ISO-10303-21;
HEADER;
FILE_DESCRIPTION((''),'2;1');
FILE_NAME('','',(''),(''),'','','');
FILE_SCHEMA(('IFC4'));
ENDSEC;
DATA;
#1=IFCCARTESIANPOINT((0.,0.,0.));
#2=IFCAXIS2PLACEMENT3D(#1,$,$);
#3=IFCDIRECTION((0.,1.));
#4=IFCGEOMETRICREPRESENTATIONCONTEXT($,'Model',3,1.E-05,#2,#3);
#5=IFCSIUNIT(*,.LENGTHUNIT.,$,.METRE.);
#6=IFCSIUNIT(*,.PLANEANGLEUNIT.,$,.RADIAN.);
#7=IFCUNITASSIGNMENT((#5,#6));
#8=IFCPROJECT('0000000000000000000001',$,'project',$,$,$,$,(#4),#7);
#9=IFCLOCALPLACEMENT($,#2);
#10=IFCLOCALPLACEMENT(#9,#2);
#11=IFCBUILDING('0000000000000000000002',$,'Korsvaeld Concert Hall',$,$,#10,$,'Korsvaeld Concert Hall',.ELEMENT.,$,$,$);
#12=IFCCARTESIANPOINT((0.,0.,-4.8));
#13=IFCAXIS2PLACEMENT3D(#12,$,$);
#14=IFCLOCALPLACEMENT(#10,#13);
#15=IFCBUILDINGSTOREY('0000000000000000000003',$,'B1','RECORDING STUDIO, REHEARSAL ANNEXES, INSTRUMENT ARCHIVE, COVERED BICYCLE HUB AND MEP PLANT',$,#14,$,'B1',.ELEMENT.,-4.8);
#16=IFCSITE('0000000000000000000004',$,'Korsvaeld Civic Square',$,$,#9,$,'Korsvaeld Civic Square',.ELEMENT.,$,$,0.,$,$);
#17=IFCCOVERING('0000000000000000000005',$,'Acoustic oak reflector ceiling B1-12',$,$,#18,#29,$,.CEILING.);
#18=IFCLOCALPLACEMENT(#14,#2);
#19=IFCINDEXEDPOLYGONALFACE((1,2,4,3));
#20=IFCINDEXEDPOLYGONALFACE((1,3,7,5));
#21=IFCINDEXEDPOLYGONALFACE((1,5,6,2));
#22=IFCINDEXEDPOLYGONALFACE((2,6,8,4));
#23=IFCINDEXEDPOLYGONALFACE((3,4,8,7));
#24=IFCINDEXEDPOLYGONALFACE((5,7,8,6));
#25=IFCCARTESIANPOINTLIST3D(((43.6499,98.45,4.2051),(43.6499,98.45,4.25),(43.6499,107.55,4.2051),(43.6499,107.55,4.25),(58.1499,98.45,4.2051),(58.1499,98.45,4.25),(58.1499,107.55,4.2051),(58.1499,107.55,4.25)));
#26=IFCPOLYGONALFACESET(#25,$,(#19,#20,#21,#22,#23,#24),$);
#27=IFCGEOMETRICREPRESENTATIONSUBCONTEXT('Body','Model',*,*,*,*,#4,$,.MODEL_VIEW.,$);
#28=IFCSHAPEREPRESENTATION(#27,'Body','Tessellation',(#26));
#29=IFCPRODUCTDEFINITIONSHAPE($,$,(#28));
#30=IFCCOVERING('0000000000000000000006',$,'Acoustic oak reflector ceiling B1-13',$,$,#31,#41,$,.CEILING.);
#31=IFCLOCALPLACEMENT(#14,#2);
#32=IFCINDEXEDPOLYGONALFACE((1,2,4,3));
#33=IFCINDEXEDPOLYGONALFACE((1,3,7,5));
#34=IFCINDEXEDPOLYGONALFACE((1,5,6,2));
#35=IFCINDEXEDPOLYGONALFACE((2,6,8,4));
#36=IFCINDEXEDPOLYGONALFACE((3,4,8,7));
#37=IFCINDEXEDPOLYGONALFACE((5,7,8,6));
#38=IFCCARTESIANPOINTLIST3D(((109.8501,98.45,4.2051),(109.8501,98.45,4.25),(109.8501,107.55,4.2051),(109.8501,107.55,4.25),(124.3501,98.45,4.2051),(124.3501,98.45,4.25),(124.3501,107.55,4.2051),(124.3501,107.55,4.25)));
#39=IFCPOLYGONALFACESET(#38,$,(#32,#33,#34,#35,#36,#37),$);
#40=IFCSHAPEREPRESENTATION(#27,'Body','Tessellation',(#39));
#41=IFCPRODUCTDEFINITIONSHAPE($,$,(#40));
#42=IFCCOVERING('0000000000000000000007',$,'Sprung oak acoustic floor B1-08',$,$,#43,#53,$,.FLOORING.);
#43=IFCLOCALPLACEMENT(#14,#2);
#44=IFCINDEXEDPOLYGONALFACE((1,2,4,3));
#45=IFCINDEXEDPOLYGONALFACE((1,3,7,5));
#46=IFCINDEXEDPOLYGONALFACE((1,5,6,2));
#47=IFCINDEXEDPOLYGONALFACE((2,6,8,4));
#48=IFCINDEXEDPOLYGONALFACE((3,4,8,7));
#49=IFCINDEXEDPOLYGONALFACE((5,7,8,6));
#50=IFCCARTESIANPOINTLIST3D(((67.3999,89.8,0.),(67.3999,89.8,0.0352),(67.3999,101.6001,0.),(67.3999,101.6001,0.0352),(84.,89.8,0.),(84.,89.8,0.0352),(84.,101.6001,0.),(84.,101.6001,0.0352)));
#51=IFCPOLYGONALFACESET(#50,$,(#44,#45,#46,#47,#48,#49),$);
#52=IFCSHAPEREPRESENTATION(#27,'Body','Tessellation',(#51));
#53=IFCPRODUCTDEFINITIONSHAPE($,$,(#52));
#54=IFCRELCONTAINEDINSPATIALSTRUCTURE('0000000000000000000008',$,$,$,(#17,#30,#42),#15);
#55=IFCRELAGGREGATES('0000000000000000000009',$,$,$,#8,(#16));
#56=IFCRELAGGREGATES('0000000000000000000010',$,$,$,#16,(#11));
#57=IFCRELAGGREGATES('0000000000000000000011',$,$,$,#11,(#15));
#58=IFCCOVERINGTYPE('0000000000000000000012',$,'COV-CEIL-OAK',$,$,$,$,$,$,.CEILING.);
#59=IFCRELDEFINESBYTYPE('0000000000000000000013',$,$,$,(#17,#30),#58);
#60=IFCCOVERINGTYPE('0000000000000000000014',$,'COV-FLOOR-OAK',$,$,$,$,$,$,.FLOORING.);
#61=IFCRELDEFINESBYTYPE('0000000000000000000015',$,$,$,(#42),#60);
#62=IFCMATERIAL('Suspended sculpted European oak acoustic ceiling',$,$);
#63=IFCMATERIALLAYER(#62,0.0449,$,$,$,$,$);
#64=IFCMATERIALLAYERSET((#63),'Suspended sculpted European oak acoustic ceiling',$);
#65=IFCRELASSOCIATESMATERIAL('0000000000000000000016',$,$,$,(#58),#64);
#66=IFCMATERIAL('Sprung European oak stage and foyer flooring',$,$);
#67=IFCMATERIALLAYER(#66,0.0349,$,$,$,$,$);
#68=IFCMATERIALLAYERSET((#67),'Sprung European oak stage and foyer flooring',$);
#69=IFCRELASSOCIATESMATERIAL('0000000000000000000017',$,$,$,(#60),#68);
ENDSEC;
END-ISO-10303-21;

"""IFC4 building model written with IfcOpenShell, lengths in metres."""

from ifc_helpers import new_model, si_unit, direction, frame, origin, place, context, subcontext, project, spatial, polyline, outline, extrude, material, layer, layer_set, type_object, element, save


model = new_model("IFC4")

# Units and contexts
model_context = context("Model", 3, precision=1e-05, world=origin(), true_north=direction((0.0, 1.0)))
body_context = subcontext(model_context, "Body", "Model", "MODEL_VIEW")
ifc_project = project(units=[si_unit("LENGTHUNIT", "METRE"), si_unit("PLANEANGLEUNIT", "RADIAN")], contexts=[model_context])

# Site, building, storey
site_placement = place(None, origin())
site = spatial("IfcSite", under=ifc_project, at=site_placement, Name="Korsvaeld Civic Square", LongName="Korsvaeld Civic Square", CompositionType="ELEMENT", RefElevation=0.0)
building_placement = place(site_placement, origin())
building = spatial("IfcBuilding", under=site, at=building_placement, Name="Korsvaeld Concert Hall", LongName="Korsvaeld Concert Hall", CompositionType="ELEMENT")
storey_placement = place(building_placement, frame((0.0, 0.0, -4.8)))
storey = spatial("IfcBuildingStorey", under=building, at=storey_placement, Name="B1", Description="RECORDING STUDIO, REHEARSAL ANNEXES, INSTRUMENT ARCHIVE, COVERED BICYCLE HUB AND MEP PLANT", LongName="B1", CompositionType="ELEMENT", Elevation=-4.8)

# Coverings
ifc_material_1 = material(Name="Suspended sculpted European oak acoustic ceiling")
ifc_layer_1 = layer(ifc_material_1, 0.0449)
ifc_layer_set_1 = layer_set([ifc_layer_1], Name="Suspended sculpted European oak acoustic ceiling")
covering_type_1 = type_object("IfcCoveringType", Name="COV-CEIL-OAK", PredefinedType="CEILING", material=ifc_layer_set_1)
covering_1_placement = place(storey_placement, frame((0.0, 0.0, 4.2051)))
element("IfcCovering", 1, at=covering_1_placement, inside=storey, type_object=covering_type_1, Name="Acoustic oak reflector ceiling B1-12", PredefinedType="CEILING", context=body_context, shape_type="SweptSolid", body=[
    extrude(outline(polyline([(43.6499, 107.55), (58.1499, 107.55), (58.1499, 98.45), (43.6499, 98.45), (43.6499, 107.55)])), origin(), (0.0, 0.0, 1.0), 0.0449),
])
covering_2_placement = place(storey_placement, frame((0.0, 0.0, 4.2051)))
element("IfcCovering", 2, at=covering_2_placement, inside=storey, type_object=covering_type_1, Name="Acoustic oak reflector ceiling B1-13", PredefinedType="CEILING", context=body_context, shape_type="SweptSolid", body=[
    extrude(outline(polyline([(124.3501, 98.45), (109.8501, 98.45), (109.8501, 107.55), (124.3501, 107.55), (124.3501, 98.45)])), origin(), (0.0, 0.0, 1.0), 0.0449),
])
ifc_material_2 = material(Name="Sprung European oak stage and foyer flooring")
ifc_layer_2 = layer(ifc_material_2, 0.0349)
ifc_layer_set_2 = layer_set([ifc_layer_2], Name="Sprung European oak stage and foyer flooring")
covering_type_2 = type_object("IfcCoveringType", Name="COV-FLOOR-OAK", PredefinedType="FLOORING", material=ifc_layer_set_2)
covering_3_placement = place(storey_placement, origin())
element("IfcCovering", 3, at=covering_3_placement, inside=storey, type_object=covering_type_2, Name="Sprung oak acoustic floor B1-08", PredefinedType="FLOORING", context=body_context, shape_type="SweptSolid", body=[
    extrude(outline(polyline([(67.3999, 101.6001), (84.0, 101.6001), (84.0, 89.8), (67.3999, 89.8), (67.3999, 101.6001)])), origin(), (0.0, 0.0, 1.0), 0.0352),
])

save(model, "model.ifc")
